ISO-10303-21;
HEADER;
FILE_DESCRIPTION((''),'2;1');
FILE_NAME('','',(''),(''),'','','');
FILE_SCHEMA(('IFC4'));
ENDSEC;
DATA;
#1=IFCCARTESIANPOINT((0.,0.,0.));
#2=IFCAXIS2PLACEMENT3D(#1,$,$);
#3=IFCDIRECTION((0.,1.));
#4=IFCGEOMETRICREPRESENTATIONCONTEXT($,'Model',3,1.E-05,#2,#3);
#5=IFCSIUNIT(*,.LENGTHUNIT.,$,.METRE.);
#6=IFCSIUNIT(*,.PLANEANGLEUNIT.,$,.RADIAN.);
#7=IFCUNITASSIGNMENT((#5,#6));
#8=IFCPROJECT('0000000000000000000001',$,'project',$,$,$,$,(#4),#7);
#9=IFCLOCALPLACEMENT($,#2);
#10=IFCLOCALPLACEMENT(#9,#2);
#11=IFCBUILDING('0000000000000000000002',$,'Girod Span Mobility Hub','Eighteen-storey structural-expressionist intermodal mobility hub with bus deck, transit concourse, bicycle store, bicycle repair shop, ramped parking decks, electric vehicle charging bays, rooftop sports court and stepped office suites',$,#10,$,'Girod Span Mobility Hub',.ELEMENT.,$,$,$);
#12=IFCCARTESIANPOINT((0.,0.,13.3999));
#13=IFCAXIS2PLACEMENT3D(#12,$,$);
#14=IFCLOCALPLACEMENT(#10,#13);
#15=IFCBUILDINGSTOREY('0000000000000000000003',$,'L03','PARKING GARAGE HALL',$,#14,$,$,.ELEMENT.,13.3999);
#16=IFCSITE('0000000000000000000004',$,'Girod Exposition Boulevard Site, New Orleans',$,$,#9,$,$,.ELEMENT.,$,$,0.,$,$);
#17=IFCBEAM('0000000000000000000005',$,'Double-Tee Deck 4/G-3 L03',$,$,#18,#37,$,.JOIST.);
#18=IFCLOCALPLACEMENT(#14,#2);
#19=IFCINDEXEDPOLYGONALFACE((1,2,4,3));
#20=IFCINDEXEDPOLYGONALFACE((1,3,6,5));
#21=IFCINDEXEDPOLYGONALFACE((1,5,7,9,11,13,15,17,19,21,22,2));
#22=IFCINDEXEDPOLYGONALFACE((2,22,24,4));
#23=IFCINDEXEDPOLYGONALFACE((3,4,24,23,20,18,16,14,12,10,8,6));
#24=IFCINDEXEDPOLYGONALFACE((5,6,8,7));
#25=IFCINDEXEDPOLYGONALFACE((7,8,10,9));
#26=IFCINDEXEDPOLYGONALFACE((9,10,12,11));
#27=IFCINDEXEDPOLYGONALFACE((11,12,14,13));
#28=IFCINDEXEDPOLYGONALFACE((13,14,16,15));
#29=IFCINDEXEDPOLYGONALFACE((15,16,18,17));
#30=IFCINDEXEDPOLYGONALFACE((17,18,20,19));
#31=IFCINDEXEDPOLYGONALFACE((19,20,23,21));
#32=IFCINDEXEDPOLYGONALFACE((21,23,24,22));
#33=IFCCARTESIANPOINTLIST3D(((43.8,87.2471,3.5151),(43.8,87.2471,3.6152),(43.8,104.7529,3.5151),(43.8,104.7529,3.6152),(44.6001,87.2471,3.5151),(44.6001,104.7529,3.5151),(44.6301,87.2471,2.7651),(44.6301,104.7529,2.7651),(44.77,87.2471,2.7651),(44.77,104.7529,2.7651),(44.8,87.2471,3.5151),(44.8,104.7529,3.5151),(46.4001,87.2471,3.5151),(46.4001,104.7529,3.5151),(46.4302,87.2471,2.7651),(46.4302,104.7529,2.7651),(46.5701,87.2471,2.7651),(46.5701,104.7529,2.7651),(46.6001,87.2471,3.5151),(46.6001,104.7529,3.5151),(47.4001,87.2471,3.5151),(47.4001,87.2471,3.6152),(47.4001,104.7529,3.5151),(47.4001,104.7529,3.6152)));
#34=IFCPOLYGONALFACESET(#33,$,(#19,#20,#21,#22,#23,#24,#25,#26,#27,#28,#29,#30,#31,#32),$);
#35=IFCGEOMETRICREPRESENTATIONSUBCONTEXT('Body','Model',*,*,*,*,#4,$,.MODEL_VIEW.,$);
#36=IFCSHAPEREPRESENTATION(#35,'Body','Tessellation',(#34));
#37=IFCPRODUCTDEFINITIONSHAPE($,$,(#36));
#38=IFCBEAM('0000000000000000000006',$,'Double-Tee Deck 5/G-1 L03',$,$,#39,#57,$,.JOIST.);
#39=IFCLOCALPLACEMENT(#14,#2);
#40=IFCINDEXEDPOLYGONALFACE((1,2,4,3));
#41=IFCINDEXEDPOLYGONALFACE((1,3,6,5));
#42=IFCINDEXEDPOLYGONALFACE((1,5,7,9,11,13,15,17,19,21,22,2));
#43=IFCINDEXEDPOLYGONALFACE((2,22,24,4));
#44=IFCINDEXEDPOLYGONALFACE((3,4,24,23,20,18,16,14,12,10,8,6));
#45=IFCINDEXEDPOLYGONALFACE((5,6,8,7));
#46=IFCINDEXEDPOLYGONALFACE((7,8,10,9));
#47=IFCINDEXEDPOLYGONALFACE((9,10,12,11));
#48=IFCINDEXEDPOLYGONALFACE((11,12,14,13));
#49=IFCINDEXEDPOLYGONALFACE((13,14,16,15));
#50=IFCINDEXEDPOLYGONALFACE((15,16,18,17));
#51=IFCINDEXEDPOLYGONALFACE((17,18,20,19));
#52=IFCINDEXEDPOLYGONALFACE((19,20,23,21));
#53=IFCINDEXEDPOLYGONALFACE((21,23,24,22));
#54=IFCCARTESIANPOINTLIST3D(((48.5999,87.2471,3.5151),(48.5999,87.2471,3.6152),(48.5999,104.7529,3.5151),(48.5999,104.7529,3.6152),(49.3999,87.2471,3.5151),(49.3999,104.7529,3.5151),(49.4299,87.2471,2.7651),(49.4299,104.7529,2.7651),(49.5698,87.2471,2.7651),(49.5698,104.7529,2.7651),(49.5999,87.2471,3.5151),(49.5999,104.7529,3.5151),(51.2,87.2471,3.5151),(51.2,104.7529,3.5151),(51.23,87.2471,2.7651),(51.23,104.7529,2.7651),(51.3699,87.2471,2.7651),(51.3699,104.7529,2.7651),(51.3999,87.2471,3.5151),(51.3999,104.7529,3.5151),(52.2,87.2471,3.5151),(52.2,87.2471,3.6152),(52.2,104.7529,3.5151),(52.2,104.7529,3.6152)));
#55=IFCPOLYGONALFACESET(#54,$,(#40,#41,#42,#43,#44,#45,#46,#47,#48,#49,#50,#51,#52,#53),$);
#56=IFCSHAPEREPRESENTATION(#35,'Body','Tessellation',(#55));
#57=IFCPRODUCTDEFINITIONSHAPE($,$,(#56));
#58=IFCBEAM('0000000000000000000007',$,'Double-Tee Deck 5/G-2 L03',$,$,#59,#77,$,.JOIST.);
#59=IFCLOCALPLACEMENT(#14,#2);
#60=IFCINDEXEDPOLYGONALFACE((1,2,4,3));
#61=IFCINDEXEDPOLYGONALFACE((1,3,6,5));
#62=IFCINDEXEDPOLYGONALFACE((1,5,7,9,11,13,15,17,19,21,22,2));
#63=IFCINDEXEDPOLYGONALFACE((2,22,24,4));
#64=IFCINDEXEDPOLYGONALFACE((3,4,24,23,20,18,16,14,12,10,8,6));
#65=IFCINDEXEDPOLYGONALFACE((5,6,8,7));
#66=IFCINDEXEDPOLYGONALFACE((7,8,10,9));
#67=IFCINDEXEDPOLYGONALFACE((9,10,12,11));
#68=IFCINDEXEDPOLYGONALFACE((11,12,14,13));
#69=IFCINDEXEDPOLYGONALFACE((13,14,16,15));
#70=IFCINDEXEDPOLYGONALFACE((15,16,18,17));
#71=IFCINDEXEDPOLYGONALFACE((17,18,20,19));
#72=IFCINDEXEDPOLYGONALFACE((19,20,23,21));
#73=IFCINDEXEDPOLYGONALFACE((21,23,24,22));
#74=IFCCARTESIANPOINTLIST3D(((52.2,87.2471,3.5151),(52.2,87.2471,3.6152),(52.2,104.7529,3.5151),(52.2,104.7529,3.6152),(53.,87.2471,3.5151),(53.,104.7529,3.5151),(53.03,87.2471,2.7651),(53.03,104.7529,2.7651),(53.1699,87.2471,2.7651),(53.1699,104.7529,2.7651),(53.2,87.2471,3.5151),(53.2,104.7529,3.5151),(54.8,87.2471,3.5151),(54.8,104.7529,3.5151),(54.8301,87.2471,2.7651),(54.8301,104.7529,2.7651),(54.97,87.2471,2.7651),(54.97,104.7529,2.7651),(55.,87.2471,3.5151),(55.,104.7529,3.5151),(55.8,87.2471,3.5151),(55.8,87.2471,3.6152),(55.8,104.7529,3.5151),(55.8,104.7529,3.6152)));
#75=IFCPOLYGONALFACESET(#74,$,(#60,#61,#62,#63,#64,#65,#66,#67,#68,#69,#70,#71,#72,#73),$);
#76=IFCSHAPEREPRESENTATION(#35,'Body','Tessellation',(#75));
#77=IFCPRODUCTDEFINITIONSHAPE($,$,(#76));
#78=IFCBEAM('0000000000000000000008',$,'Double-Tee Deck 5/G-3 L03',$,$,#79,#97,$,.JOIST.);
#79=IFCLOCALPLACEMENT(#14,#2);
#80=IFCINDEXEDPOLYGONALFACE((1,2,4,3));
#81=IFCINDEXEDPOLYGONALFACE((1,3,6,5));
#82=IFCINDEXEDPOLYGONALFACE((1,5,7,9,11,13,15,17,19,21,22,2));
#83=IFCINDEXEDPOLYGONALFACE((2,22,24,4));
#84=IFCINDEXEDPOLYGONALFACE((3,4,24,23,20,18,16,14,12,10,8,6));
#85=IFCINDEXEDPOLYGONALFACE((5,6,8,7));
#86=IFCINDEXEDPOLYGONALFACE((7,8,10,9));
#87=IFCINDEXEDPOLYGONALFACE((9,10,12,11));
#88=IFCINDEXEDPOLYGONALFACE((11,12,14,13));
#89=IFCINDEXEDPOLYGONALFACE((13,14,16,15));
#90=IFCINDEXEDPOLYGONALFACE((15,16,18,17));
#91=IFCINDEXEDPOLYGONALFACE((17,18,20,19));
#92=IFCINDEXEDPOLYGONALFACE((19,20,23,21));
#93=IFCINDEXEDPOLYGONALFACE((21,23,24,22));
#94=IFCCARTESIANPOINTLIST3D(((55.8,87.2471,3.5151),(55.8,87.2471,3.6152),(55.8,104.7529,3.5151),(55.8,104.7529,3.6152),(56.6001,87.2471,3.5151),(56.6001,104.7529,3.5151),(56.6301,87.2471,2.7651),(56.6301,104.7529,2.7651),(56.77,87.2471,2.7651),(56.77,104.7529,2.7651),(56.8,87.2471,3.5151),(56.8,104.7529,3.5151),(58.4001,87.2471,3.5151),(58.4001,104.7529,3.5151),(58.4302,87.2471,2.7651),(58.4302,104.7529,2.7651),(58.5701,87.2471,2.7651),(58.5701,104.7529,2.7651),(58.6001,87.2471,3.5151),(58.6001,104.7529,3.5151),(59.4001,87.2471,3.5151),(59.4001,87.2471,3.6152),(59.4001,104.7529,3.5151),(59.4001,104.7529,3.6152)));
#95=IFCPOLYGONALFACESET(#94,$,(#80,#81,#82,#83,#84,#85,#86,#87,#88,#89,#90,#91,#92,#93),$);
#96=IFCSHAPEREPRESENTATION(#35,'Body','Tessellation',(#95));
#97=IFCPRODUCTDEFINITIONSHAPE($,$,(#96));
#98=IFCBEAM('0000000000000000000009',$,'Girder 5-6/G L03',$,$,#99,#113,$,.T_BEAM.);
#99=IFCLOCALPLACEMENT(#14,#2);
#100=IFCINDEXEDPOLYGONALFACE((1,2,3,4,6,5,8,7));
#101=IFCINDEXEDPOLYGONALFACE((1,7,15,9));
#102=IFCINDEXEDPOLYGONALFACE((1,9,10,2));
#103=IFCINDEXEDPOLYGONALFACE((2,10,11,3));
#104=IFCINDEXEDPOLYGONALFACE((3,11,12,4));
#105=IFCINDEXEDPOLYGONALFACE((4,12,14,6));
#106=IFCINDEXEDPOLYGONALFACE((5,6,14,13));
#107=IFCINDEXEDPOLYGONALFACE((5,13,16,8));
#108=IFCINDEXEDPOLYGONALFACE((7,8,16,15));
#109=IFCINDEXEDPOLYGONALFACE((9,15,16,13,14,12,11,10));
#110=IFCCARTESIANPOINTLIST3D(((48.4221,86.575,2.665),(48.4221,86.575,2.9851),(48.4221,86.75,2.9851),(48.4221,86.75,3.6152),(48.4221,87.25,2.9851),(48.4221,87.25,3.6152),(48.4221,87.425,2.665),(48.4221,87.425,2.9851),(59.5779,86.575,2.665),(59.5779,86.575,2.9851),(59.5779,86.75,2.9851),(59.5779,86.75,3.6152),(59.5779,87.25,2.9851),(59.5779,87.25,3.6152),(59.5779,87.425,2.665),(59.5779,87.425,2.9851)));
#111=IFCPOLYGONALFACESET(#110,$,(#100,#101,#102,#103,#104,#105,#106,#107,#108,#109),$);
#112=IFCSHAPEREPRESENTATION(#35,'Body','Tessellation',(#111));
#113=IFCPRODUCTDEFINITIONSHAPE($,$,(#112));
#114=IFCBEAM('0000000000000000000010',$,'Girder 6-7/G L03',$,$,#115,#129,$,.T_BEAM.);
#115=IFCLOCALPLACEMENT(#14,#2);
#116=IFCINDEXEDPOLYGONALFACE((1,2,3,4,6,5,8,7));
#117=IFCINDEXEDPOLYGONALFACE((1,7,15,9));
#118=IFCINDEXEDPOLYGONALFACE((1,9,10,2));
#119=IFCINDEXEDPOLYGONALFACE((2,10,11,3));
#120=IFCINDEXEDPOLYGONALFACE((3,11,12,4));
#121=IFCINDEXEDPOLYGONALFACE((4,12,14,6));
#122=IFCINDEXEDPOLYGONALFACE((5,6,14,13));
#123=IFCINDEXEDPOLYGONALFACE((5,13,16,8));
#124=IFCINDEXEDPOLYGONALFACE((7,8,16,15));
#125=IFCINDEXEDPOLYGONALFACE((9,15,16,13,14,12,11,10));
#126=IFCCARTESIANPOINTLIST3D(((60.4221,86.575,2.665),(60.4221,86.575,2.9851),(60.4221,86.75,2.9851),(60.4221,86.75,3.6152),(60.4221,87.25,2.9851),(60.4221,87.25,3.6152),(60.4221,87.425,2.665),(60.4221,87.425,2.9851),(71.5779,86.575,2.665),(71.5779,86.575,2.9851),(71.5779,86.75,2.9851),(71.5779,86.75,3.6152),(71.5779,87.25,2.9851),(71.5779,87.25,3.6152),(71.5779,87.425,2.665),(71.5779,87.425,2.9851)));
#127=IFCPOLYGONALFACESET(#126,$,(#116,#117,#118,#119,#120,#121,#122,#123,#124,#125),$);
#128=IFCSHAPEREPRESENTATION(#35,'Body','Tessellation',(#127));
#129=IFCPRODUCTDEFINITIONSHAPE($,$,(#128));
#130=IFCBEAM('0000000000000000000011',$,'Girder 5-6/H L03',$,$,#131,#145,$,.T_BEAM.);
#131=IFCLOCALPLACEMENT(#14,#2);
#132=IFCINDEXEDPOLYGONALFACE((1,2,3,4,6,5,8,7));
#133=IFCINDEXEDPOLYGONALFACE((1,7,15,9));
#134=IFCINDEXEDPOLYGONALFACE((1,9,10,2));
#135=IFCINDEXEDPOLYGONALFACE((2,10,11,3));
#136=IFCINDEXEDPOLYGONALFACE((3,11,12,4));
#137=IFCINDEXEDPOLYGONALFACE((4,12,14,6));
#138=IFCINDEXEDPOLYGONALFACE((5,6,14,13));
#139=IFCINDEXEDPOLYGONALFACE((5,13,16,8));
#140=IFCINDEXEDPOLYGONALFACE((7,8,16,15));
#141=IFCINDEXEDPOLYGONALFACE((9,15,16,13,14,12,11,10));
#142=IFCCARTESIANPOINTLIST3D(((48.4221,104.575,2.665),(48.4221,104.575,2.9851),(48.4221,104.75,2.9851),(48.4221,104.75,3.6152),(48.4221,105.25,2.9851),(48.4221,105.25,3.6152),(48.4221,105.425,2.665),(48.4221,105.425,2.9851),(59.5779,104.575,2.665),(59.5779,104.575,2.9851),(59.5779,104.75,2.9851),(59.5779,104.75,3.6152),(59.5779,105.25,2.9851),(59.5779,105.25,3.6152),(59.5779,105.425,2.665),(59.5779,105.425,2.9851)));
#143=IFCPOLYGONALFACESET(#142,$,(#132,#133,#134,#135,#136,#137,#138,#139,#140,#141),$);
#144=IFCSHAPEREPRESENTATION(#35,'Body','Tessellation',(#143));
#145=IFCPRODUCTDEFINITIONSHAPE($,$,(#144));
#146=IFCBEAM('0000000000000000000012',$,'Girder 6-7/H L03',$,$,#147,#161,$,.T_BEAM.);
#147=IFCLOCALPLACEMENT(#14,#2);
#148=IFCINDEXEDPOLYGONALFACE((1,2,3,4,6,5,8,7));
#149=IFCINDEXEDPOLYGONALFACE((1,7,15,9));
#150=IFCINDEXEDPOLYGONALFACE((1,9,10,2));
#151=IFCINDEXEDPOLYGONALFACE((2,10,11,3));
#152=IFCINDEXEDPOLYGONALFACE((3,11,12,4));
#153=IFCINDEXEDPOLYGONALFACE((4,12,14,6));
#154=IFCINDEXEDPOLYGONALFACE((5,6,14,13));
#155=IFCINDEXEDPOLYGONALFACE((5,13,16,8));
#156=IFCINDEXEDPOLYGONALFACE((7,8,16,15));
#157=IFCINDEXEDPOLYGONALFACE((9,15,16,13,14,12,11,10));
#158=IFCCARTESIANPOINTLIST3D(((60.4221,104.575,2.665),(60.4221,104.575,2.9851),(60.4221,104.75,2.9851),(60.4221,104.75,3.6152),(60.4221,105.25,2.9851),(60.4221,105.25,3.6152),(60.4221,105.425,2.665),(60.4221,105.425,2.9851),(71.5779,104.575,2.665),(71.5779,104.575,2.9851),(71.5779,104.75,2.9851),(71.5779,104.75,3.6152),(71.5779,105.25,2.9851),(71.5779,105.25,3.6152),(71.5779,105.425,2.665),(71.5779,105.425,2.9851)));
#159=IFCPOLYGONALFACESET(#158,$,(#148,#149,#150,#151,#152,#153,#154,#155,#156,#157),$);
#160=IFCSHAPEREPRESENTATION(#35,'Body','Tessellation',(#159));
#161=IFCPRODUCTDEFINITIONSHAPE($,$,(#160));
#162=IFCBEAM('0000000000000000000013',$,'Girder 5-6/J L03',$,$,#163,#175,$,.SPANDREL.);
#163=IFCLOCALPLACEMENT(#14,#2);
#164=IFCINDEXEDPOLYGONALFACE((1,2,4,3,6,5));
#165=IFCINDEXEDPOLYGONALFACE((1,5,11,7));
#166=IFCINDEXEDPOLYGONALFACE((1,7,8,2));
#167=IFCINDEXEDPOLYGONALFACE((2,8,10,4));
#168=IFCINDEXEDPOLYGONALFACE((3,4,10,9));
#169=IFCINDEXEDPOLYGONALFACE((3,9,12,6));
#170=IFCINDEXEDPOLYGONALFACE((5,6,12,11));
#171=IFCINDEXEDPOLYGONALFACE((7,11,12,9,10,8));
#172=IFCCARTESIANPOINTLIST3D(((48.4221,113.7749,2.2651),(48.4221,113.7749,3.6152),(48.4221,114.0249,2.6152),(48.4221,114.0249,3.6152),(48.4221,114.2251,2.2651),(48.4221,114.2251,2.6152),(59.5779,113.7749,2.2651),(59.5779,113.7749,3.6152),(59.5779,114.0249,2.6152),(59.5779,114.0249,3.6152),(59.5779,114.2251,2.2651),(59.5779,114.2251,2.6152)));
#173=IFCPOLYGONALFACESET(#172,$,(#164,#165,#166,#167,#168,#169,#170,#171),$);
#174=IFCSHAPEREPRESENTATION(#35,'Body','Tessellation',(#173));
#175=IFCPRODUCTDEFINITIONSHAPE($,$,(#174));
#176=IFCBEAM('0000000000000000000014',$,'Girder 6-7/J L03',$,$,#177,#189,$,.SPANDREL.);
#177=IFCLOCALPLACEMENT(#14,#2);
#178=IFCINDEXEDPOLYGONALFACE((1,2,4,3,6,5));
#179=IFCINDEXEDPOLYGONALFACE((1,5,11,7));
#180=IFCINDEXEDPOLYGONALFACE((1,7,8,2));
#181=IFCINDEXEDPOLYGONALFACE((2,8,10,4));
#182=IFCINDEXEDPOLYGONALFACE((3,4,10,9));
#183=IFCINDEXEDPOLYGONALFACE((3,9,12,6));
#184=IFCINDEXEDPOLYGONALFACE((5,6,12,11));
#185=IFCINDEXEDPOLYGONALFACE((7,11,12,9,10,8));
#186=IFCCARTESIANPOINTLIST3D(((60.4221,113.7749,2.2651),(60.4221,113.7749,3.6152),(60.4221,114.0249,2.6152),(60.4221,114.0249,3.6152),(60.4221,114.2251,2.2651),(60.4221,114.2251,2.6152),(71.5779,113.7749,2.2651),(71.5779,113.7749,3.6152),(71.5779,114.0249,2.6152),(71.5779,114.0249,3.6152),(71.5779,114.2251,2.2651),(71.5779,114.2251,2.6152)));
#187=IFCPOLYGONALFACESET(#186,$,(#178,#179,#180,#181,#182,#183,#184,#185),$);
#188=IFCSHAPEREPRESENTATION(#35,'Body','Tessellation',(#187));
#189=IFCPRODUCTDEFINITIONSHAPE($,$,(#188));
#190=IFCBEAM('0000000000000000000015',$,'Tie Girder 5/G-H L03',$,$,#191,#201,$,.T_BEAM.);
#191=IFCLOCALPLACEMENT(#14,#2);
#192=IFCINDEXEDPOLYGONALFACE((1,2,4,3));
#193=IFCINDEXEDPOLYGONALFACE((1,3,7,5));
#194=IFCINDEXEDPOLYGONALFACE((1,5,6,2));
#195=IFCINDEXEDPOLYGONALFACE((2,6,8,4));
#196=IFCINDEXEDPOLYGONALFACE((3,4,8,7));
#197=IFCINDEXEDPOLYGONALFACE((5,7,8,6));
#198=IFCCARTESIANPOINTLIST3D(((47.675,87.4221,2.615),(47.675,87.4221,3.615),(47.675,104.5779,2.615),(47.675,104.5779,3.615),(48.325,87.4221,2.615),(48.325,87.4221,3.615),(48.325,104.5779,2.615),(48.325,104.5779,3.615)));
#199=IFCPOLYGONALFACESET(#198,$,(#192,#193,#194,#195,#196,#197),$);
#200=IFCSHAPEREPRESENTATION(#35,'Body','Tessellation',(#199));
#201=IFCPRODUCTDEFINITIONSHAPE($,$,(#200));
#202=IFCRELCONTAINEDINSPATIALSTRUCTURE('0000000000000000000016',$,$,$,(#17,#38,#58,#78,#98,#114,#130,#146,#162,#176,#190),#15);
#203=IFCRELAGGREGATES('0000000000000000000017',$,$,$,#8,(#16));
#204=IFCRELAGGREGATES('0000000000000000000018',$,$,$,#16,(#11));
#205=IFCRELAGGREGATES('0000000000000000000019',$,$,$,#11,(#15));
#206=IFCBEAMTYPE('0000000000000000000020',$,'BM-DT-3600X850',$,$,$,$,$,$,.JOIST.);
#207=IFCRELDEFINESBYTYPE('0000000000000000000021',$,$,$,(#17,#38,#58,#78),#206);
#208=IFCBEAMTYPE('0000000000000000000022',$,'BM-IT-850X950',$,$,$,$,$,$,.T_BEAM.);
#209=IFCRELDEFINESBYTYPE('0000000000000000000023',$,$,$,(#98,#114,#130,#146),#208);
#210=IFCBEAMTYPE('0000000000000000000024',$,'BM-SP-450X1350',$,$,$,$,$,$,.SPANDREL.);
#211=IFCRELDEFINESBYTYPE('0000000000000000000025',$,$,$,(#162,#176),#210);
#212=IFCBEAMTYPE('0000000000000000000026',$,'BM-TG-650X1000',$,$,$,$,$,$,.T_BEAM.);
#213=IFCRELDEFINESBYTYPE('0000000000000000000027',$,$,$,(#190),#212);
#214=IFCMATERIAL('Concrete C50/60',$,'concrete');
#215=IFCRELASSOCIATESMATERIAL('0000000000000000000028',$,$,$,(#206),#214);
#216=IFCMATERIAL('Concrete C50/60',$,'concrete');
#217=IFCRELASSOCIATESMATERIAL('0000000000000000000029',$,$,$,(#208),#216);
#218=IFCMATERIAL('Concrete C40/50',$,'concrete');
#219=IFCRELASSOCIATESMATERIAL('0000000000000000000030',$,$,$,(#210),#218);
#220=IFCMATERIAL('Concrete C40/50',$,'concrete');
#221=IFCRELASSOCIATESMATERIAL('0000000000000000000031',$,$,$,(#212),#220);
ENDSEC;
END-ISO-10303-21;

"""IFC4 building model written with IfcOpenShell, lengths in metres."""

from ifc_helpers import new_model, si_unit, direction, frame, origin, origin_2d, place, context, subcontext, project, spatial, polyline, rectangle, outline, extrude, material, material_profile, profile_set, type_object, element, save


model = new_model("IFC4")

# Units and contexts
model_context = context("Model", 3, precision=1e-05, world=origin(), true_north=direction((0.0, 1.0)))
body_context = subcontext(model_context, "Body", "Model", "MODEL_VIEW")
ifc_project = project(units=[si_unit("LENGTHUNIT", "METRE"), si_unit("PLANEANGLEUNIT", "RADIAN")], contexts=[model_context])

# Site, building, storey
site_placement = place(None, origin())
site = spatial("IfcSite", under=ifc_project, at=site_placement, Name="Girod Exposition Boulevard Site, New Orleans", CompositionType="ELEMENT", RefElevation=0.0)
building_placement = place(site_placement, origin())
building = spatial("IfcBuilding", under=site, at=building_placement, Name="Girod Span Mobility Hub", Description="Eighteen-storey structural-expressionist intermodal mobility hub with bus deck, transit concourse, bicycle store, bicycle repair shop, ramped parking decks, electric vehicle charging bays, rooftop sports court and stepped office suites", LongName="Girod Span Mobility Hub", CompositionType="ELEMENT")
storey_placement = place(building_placement, frame((0.0, 0.0, 13.3999)))
storey = spatial("IfcBuildingStorey", under=building, at=storey_placement, Name="L03", Description="PARKING GARAGE HALL", CompositionType="ELEMENT", Elevation=13.3999)

# Beams
ifc_material_1 = material(Name="Concrete C50/60", Category="concrete")
ifc_material_profile_1 = material_profile(ifc_material_1, outline(polyline([(-1.8, 0.425), (-1.8, 0.325), (-1.0, 0.325), (-0.97, -0.425), (-0.8301, -0.425), (-0.8, 0.325), (0.8, 0.325), (0.8301, -0.425), (0.97, -0.425), (1.0, 0.325), (1.8, 0.325), (1.8, 0.425), (-1.8, 0.425)])), Name="DT-3600X850")
ifc_profile_set_1 = profile_set([ifc_material_profile_1], Name="Concrete C50/60")
beam_type_1 = type_object("IfcBeamType", Name="BM-DT-3600X850", PredefinedType="JOIST", material=ifc_profile_set_1)
for number, where, z_axis, x_axis, name in (
    (1, (45.6001, 87.2471, 3.1902), (0.0, 1.0, 0.0), (-1.0, 0.0, 0.0), "Double-Tee Deck 4/G-3 L03"),
    (2, (50.3999, 87.2471, 3.1902), (0.0, 1.0, 0.0), (-1.0, 0.0, 0.0), "Double-Tee Deck 5/G-1 L03"),
    (3, (54.0, 87.2471, 3.1902), (0.0, 1.0, 0.0), (-1.0, 0.0, 0.0), "Double-Tee Deck 5/G-2 L03"),
    (4, (57.6001, 87.2471, 3.1902), (0.0, 1.0, 0.0), (-1.0, 0.0, 0.0), "Double-Tee Deck 5/G-3 L03"),
):
    element("IfcBeam", number, at=place(storey_placement, frame(where, z_axis=z_axis, x_axis=x_axis)), inside=storey, type_object=beam_type_1, Name=name, PredefinedType="JOIST", context=body_context, shape_type="SweptSolid", body=[
        extrude(outline(polyline([(-1.8, 0.425), (-1.8, 0.325), (-1.0, 0.325), (-0.97, -0.425), (-0.8301, -0.425), (-0.8, 0.325), (0.8, 0.325), (0.8301, -0.425), (0.97, -0.425), (1.0, 0.325), (1.8, 0.325), (1.8, 0.425), (-1.8, 0.425)])), origin(), (0.0, 0.0, 1.0), 17.5059),
    ])
ifc_material_2 = material(Name="Concrete C50/60", Category="concrete")
ifc_material_profile_2 = material_profile(ifc_material_2, outline(polyline([(-0.425, -0.4751), (0.425, -0.4751), (0.425, -0.155), (0.25, -0.155), (0.25, 0.4751), (-0.25, 0.4751), (-0.25, -0.155), (-0.425, -0.155), (-0.425, -0.4751)])), Name="IT-850X950")
ifc_profile_set_2 = profile_set([ifc_material_profile_2], Name="Concrete C50/60")
beam_type_2 = type_object("IfcBeamType", Name="BM-IT-850X950", PredefinedType="T_BEAM", material=ifc_profile_set_2)
for number, where, z_axis, x_axis, name in (
    (5, (48.4221, 87.0, 3.1401), (1.0, 0.0, 0.0), (0.0, 1.0, 0.0), "Girder 5-6/G L03"),
    (6, (60.4221, 87.0, 3.1401), (1.0, 0.0, 0.0), (0.0, 1.0, 0.0), "Girder 6-7/G L03"),
    (7, (48.4221, 105.0, 3.1401), (1.0, 0.0, 0.0), (0.0, 1.0, 0.0), "Girder 5-6/H L03"),
    (8, (60.4221, 105.0, 3.1401), (1.0, 0.0, 0.0), (0.0, 1.0, 0.0), "Girder 6-7/H L03"),
):
    element("IfcBeam", number, at=place(storey_placement, frame(where, z_axis=z_axis, x_axis=x_axis)), inside=storey, type_object=beam_type_2, Name=name, PredefinedType="T_BEAM", context=body_context, shape_type="SweptSolid", body=[
        extrude(outline(polyline([(-0.425, -0.4751), (0.425, -0.4751), (0.425, -0.155), (0.25, -0.155), (0.25, 0.4751), (-0.25, 0.4751), (-0.25, -0.155), (-0.425, -0.155), (-0.425, -0.4751)])), origin(), (0.0, 0.0, 1.0), 11.1558),
    ])
ifc_material_3 = material(Name="Concrete C40/50", Category="concrete")
ifc_material_profile_3 = material_profile(ifc_material_3, outline(polyline([(-0.2251, -0.675), (0.2251, -0.675), (0.2251, -0.325), (0.0249, -0.325), (0.0249, 0.675), (-0.2251, 0.675), (-0.2251, -0.675)])), Name="SP-450X1350")
ifc_profile_set_3 = profile_set([ifc_material_profile_3], Name="Concrete C40/50")
beam_type_3 = type_object("IfcBeamType", Name="BM-SP-450X1350", PredefinedType="SPANDREL", material=ifc_profile_set_3)
for number, where, z_axis, x_axis, name in (
    (9, (48.4221, 114.0, 2.9402), (1.0, 0.0, 0.0), (0.0, 1.0, 0.0), "Girder 5-6/J L03"),
    (10, (60.4221, 114.0, 2.9402), (1.0, 0.0, 0.0), (0.0, 1.0, 0.0), "Girder 6-7/J L03"),
):
    element("IfcBeam", number, at=place(storey_placement, frame(where, z_axis=z_axis, x_axis=x_axis)), inside=storey, type_object=beam_type_3, Name=name, PredefinedType="SPANDREL", context=body_context, shape_type="SweptSolid", body=[
        extrude(outline(polyline([(-0.2251, -0.675), (0.2251, -0.675), (0.2251, -0.325), (0.0249, -0.325), (0.0249, 0.675), (-0.2251, 0.675), (-0.2251, -0.675)])), origin(), (0.0, 0.0, 1.0), 11.1558),
    ])
ifc_material_4 = material(Name="Concrete C40/50", Category="concrete")
ifc_material_profile_4 = material_profile(ifc_material_4, rectangle(XDim=0.6499, YDim=1.0, at=origin_2d()), Name="TG-650X1000")
ifc_profile_set_4 = profile_set([ifc_material_profile_4], Name="Concrete C40/50")
beam_type_4 = type_object("IfcBeamType", Name="BM-TG-650X1000", PredefinedType="T_BEAM", material=ifc_profile_set_4)
beam_1_placement = place(storey_placement, frame((48.0, 87.4221, 3.115), z_axis=(0.0, 1.0, 0.0), x_axis=(-1.0, 0.0, 0.0)))
element("IfcBeam", 11, at=beam_1_placement, inside=storey, type_object=beam_type_4, Name="Tie Girder 5/G-H L03", PredefinedType="T_BEAM", context=body_context, shape_type="SweptSolid", body=[
    extrude(rectangle(XDim=0.6499, YDim=1.0, at=origin_2d()), origin(), (0.0, 0.0, 1.0), 17.1558),
])

save(model, "model.ifc")
